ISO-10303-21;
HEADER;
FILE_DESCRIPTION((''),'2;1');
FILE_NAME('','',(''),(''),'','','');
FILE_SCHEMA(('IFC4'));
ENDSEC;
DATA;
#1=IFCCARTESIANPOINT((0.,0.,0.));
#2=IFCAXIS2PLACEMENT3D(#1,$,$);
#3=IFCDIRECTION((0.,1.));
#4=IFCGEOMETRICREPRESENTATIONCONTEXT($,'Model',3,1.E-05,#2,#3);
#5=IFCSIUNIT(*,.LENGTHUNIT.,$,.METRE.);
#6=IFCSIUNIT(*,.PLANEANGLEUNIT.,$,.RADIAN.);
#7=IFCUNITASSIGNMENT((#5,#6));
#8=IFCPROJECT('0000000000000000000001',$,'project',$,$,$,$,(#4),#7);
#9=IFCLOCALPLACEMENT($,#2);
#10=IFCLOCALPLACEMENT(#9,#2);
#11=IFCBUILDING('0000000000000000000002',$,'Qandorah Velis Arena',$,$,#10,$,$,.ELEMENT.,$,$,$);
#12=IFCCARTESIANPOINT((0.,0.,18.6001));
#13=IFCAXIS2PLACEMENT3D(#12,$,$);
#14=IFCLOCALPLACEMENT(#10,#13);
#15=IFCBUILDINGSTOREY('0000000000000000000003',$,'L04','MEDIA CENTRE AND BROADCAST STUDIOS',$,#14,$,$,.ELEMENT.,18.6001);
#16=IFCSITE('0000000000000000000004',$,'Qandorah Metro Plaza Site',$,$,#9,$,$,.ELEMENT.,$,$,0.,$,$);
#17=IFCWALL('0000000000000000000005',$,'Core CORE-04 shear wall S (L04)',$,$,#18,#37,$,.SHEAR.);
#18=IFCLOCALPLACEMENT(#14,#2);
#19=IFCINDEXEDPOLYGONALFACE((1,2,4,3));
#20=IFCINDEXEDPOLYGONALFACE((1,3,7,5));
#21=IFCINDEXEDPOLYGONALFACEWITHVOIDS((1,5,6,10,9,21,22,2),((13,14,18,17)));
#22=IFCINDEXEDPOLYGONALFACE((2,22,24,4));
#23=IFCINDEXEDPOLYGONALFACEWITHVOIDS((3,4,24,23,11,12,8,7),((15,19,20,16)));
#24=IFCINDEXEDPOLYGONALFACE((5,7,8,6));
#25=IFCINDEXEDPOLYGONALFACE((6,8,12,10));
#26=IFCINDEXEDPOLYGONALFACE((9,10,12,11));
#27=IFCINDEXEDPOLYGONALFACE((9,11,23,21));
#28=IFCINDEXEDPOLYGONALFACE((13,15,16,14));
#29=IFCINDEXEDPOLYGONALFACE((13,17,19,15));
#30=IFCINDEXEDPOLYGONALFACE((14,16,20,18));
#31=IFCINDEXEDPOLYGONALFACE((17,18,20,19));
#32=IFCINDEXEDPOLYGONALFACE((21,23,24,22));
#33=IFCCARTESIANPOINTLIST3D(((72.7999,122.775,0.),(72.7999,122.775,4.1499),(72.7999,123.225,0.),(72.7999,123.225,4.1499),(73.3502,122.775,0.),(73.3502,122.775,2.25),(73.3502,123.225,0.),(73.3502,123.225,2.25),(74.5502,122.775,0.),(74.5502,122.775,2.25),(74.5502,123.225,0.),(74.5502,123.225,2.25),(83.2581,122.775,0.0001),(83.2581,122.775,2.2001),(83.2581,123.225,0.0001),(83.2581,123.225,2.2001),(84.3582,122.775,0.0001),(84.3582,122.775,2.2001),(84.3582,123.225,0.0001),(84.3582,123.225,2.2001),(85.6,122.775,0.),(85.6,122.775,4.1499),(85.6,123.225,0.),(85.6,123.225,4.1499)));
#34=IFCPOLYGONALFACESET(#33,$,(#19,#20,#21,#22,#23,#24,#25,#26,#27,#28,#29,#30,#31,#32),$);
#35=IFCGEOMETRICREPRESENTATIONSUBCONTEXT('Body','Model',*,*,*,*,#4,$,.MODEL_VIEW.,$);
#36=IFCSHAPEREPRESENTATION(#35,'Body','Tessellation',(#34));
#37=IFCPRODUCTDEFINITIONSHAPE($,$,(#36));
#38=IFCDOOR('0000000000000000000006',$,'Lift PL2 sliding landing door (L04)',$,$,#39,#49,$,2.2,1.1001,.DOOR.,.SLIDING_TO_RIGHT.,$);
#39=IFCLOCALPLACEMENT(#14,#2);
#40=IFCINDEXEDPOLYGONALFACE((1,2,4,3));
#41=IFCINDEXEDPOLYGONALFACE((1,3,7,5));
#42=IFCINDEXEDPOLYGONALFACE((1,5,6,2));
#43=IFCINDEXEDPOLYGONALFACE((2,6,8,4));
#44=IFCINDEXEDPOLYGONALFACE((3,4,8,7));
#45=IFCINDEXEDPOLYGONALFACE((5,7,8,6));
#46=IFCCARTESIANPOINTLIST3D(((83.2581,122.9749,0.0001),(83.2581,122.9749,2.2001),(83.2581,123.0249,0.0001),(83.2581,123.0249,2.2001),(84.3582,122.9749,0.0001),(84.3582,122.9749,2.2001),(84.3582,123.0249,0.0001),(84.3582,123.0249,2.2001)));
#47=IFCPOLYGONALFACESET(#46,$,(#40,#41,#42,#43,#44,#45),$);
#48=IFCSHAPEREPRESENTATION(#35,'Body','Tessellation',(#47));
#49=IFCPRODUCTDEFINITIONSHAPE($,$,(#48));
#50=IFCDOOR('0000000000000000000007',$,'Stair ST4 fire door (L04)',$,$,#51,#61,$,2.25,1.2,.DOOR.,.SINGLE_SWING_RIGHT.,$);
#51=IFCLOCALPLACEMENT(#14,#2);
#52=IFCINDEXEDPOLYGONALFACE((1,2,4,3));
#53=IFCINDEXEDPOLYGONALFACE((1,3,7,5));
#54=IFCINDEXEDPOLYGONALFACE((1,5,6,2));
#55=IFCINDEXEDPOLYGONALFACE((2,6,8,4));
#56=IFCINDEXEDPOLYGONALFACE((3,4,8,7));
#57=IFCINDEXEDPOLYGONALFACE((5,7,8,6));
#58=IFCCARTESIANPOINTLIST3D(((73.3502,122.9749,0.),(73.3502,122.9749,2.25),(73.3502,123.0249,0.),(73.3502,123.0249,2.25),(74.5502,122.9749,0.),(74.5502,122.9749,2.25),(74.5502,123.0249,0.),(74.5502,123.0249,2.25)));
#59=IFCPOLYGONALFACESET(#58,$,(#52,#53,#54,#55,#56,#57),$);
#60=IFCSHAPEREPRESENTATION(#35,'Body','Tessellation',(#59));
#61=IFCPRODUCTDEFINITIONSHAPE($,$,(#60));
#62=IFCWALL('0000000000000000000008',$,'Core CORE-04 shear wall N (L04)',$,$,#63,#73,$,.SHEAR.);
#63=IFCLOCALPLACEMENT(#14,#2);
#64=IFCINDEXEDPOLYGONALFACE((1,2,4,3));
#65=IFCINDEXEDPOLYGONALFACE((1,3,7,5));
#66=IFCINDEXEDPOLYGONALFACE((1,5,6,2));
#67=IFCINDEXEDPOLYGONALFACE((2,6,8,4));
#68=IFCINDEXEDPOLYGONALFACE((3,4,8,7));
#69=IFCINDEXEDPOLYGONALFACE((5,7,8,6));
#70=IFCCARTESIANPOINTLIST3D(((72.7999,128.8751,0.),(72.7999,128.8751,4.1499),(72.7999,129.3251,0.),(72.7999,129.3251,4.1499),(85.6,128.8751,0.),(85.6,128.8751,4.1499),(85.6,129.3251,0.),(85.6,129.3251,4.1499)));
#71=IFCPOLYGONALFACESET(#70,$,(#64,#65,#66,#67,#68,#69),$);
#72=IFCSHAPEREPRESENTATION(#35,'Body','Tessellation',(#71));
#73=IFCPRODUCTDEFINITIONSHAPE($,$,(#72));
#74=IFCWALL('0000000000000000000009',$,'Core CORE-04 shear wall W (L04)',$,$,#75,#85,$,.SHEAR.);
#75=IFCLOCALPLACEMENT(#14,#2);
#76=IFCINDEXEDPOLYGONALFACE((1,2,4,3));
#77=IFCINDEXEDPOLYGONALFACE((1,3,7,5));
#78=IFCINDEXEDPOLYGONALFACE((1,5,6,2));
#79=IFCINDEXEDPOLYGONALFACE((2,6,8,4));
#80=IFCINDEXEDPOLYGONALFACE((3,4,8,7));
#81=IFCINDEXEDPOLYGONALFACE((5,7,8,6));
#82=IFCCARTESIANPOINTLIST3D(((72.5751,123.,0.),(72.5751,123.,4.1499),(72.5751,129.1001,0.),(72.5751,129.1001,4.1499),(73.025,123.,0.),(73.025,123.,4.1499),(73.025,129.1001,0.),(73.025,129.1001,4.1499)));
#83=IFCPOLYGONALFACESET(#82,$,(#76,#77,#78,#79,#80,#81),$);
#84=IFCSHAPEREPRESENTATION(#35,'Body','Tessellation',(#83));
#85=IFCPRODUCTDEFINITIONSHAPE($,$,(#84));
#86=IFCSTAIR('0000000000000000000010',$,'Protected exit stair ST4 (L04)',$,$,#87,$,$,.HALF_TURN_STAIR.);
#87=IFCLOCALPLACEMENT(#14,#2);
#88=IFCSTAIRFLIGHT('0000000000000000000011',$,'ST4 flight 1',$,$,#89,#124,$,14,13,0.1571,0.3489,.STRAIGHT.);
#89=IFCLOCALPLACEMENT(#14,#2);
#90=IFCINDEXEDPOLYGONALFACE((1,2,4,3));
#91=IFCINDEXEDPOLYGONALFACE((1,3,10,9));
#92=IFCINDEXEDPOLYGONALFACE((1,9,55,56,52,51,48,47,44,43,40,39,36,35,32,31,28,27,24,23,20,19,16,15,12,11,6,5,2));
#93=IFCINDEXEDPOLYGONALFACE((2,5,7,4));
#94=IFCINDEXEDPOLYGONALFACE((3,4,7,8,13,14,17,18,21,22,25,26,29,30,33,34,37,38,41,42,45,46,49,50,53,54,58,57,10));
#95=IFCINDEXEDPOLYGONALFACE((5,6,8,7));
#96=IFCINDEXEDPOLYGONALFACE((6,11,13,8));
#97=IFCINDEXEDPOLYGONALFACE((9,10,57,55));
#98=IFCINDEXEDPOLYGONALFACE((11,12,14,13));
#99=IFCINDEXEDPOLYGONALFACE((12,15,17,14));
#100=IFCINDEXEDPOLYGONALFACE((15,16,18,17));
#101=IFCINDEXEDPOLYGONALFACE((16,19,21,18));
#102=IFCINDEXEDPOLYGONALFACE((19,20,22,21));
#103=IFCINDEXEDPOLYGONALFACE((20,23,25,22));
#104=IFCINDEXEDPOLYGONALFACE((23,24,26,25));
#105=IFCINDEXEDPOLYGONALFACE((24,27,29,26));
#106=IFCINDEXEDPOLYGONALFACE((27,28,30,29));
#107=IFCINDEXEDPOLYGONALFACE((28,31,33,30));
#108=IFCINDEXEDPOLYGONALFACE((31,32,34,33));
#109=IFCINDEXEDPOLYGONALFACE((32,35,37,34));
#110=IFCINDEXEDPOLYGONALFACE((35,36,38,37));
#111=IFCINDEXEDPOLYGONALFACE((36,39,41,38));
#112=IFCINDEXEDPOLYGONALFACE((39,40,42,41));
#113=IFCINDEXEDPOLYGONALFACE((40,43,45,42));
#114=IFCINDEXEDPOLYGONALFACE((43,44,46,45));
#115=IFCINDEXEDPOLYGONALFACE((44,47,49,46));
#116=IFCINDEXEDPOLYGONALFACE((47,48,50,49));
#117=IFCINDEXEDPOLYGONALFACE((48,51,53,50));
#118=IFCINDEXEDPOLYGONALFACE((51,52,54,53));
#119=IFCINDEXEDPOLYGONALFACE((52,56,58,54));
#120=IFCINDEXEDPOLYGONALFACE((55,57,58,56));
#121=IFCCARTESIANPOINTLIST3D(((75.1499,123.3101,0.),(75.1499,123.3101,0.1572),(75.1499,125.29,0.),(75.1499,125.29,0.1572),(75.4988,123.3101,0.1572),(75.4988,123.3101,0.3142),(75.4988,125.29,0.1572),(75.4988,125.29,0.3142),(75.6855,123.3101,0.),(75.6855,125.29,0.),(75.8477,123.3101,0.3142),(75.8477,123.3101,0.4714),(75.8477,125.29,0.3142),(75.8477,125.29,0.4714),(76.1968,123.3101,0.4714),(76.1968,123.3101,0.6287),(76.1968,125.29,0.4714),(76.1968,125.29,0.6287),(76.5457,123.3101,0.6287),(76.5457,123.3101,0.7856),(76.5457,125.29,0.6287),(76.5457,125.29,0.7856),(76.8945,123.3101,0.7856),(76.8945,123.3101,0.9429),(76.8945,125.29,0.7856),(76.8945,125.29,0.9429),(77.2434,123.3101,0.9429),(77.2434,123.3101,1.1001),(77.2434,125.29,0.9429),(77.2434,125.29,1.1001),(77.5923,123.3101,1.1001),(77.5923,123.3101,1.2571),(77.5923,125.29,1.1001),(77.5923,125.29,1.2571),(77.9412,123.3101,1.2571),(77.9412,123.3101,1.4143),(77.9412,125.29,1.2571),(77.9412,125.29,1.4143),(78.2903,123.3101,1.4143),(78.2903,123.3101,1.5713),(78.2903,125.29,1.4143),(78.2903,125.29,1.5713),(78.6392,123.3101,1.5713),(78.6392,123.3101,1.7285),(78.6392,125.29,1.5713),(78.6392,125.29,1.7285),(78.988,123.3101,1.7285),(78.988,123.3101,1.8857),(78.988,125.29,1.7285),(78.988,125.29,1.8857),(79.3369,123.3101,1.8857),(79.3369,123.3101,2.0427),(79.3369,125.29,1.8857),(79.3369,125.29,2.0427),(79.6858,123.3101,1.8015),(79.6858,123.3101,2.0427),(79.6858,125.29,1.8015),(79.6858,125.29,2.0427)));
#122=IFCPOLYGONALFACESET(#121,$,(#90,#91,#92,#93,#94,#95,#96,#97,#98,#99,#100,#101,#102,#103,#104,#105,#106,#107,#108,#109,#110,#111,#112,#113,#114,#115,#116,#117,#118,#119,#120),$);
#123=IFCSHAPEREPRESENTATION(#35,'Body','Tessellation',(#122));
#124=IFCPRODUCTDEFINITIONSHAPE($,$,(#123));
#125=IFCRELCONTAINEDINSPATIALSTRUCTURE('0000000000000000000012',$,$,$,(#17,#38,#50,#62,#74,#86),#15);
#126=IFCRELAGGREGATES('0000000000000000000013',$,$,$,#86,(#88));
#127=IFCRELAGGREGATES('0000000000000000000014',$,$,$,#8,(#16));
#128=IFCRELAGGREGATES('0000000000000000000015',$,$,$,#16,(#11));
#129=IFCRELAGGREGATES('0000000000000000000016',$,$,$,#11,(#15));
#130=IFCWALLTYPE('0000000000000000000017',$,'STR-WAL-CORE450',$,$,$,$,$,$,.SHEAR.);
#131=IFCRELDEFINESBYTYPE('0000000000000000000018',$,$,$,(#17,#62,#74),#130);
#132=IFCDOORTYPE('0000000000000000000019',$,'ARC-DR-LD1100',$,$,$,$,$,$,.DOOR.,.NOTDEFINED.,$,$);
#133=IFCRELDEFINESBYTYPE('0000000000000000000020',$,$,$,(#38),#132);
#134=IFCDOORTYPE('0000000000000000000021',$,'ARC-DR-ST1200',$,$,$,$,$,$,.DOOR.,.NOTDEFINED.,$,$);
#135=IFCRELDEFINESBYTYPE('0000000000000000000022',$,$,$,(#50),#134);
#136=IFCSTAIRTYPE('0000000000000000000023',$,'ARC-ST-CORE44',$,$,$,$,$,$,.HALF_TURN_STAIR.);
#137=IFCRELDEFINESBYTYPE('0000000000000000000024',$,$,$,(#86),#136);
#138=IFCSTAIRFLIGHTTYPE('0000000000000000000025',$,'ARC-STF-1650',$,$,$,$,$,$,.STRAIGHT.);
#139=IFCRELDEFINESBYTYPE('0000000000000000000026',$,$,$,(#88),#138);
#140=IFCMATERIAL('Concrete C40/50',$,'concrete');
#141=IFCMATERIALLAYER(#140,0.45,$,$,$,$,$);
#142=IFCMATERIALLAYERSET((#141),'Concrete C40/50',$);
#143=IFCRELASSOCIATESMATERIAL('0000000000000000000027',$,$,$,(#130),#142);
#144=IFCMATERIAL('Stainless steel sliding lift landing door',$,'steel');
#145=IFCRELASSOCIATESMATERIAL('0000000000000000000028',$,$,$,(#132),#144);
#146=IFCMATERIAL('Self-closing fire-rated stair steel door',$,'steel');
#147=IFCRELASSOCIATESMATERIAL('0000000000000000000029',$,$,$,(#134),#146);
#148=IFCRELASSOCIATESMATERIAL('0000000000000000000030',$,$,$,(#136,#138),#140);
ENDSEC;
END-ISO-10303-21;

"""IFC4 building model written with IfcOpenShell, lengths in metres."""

from ifc_helpers import new_model, si_unit, direction, frame, frame_2d, origin, place, context, subcontext, project, spatial, polyline, rectangle, outline, extrude, material, layer, layer_set, type_object, element, fill, aggregate, save


model = new_model("IFC4")

# Units and contexts
model_context = context("Model", 3, precision=1e-05, world=origin(), true_north=direction((0.0, 1.0)))
body_context = subcontext(model_context, "Body", "Model", "MODEL_VIEW")
ifc_project = project(units=[si_unit("LENGTHUNIT", "METRE"), si_unit("PLANEANGLEUNIT", "RADIAN")], contexts=[model_context])

# Site, building, storey
site_placement = place(None, origin())
site = spatial("IfcSite", under=ifc_project, at=site_placement, Name="Qandorah Metro Plaza Site", CompositionType="ELEMENT", RefElevation=0.0)
building_placement = place(site_placement, origin())
building = spatial("IfcBuilding", under=site, at=building_placement, Name="Qandorah Velis Arena", CompositionType="ELEMENT")
storey_placement = place(building_placement, frame((0.0, 0.0, 18.6001)))
storey = spatial("IfcBuildingStorey", under=building, at=storey_placement, Name="L04", Description="MEDIA CENTRE AND BROADCAST STUDIOS", CompositionType="ELEMENT", Elevation=18.6001)

# Shared definitions
ifc_material_1 = material(Name="Concrete C40/50", Category="concrete")

# Wall, openings, doors
ifc_layer_1 = layer(ifc_material_1, 0.45)
ifc_layer_set_1 = layer_set([ifc_layer_1], Name="Concrete C40/50")
wall_type_1 = type_object("IfcWallType", Name="STR-WAL-CORE450", PredefinedType="SHEAR", material=ifc_layer_set_1)
wall_1_placement = place(storey_placement, frame((72.8, 123.0, 0.0), z_axis=(0.0, 0.0, 1.0), x_axis=(1.0, 0.0, 0.0)))
wall_1 = element("IfcWall", 1, at=wall_1_placement, inside=storey, type_object=wall_type_1, Name="Core CORE-04 shear wall S (L04)", PredefinedType="SHEAR", context=body_context, shape_type="SweptSolid", body=[
    extrude(rectangle(XDim=12.8, YDim=0.45, at=frame_2d((6.3999, 0.0))), origin(), (0.0, 0.0, 1.0), 4.1499),
])
opening_1_placement = place(wall_1_placement, frame((0.55, 0.0, 0.0)))
opening_1 = element("IfcOpeningElement", 2, at=opening_1_placement, cuts=wall_1, PredefinedType="OPENING", context=body_context, shape_type="SweptSolid", body=[
    extrude(rectangle(XDim=1.2, YDim=2.25, at=frame_2d((0.6001, 1.125))), frame((0.0, 0.2349, 0.0), z_axis=(0.0, -1.0, 0.0), x_axis=(1.0, 0.0, 0.0)), (0.0, 0.0, 1.0), 0.47),
])
opening_2_placement = place(wall_1_placement, frame((10.458, 0.0, 0.0)))
opening_2 = element("IfcOpeningElement", 3, at=opening_2_placement, cuts=wall_1, PredefinedType="OPENING", context=body_context, shape_type="SweptSolid", body=[
    extrude(rectangle(XDim=1.1001, YDim=2.2, at=frame_2d((0.55, 1.1001))), frame((0.0, 0.2349, 0.0), z_axis=(0.0, -1.0, 0.0), x_axis=(1.0, 0.0, 0.0)), (0.0, 0.0, 1.0), 0.47),
])
ifc_material_2 = material(Name="Stainless steel sliding lift landing door", Category="steel")
door_type_1 = type_object("IfcDoorType", Name="ARC-DR-LD1100", OperationType="NOTDEFINED", PredefinedType="DOOR", material=ifc_material_2)
door_1_placement = place(opening_2_placement, origin())
door_1 = element("IfcDoor", 4, at=door_1_placement, inside=storey, type_object=door_type_1, Name="Lift PL2 sliding landing door (L04)", OperationType="SLIDING_TO_RIGHT", OverallHeight=2.2, OverallWidth=1.1001, PredefinedType="DOOR", context=body_context, shape_type="SweptSolid", body=[
    extrude(rectangle(XDim=1.1001, YDim=2.2, at=frame_2d((0.55, 1.1001))), frame((0.0, 0.0249, 0.0), z_axis=(0.0, -1.0, 0.0), x_axis=(1.0, 0.0, 0.0)), (0.0, 0.0, 1.0), 0.05),
])
fill(opening_2, door_1)
ifc_material_3 = material(Name="Self-closing fire-rated stair steel door", Category="steel")
door_type_2 = type_object("IfcDoorType", Name="ARC-DR-ST1200", OperationType="NOTDEFINED", PredefinedType="DOOR", material=ifc_material_3)
door_2_placement = place(opening_1_placement, origin())
door_2 = element("IfcDoor", 5, at=door_2_placement, inside=storey, type_object=door_type_2, Name="Stair ST4 fire door (L04)", OperationType="SINGLE_SWING_RIGHT", OverallHeight=2.25, OverallWidth=1.2, PredefinedType="DOOR", context=body_context, shape_type="SweptSolid", body=[
    extrude(rectangle(XDim=1.2, YDim=2.25, at=frame_2d((0.6001, 1.125))), frame((0.0, 0.0249, 0.0), z_axis=(0.0, -1.0, 0.0), x_axis=(1.0, 0.0, 0.0)), (0.0, 0.0, 1.0), 0.05),
])
fill(opening_1, door_2)

# Walls
wall_2_placement = place(storey_placement, frame((72.8, 129.1001, 0.0), z_axis=(0.0, 0.0, 1.0), x_axis=(1.0, 0.0, 0.0)))
element("IfcWall", 6, at=wall_2_placement, inside=storey, type_object=wall_type_1, Name="Core CORE-04 shear wall N (L04)", PredefinedType="SHEAR", context=body_context, shape_type="SweptSolid", body=[
    extrude(rectangle(XDim=12.8, YDim=0.45, at=frame_2d((6.3999, 0.0))), origin(), (0.0, 0.0, 1.0), 4.1499),
])
wall_3_placement = place(storey_placement, frame((72.8, 123.0, 0.0), z_axis=(0.0, 0.0, 1.0), x_axis=(0.0, 1.0, 0.0)))
element("IfcWall", 7, at=wall_3_placement, inside=storey, type_object=wall_type_1, Name="Core CORE-04 shear wall W (L04)", PredefinedType="SHEAR", context=body_context, shape_type="SweptSolid", body=[
    extrude(rectangle(XDim=6.1001, YDim=0.45, at=frame_2d((3.05, 0.0))), origin(), (0.0, 0.0, 1.0), 4.1499),
])

# Stair, stair flight
stair_type = type_object("IfcStairType", Name="ARC-ST-CORE44", PredefinedType="HALF_TURN_STAIR", material=ifc_material_1)
stair_placement = place(storey_placement, origin())
stair = element("IfcStair", 8, at=stair_placement, inside=storey, type_object=stair_type, Name="Protected exit stair ST4 (L04)", PredefinedType="HALF_TURN_STAIR")
stair_flight_type = type_object("IfcStairFlightType", Name="ARC-STF-1650", PredefinedType="STRAIGHT", material=ifc_material_1)
stair_flight_placement = place(storey_placement, frame((75.1499, 124.3, 0.0), z_axis=(0.0, 0.0, 1.0), x_axis=(1.0, 0.0, 0.0)))
stair_flight = element("IfcStairFlight", 9, at=stair_flight_placement, type_object=stair_flight_type, Name="ST4 flight 1", NumberOfRisers=14, NumberOfTreads=13, PredefinedType="STRAIGHT", RiserHeight=0.1571, TreadLength=0.3489, context=body_context, shape_type="SweptSolid", body=[
    extrude(outline(polyline([(0.0, 0.0), (0.0, 0.1572), (0.3489, 0.1572), (0.3489, 0.3142), (0.6978, 0.3142), (0.6978, 0.4714), (1.0469, 0.4714), (1.0469, 0.6287), (1.3958, 0.6287), (1.3958, 0.7856), (1.7446, 0.7856), (1.7446, 0.9429), (2.0935, 0.9429), (2.0935, 1.1001), (2.4424, 1.1001), (2.4424, 1.2571), (2.7913, 1.2571), (2.7913, 1.4143), (3.1404, 1.4143), (3.1404, 1.5713), (3.4893, 1.5713), (3.4893, 1.7285), (3.8381, 1.7285), (3.8381, 1.8857), (4.187, 1.8857), (4.187, 2.0427), (4.5359, 2.0427), (4.5359, 2.2), (4.5359, 1.8015), (0.5356, 0.0), (0.0, 0.0)])), frame((0.0, 0.99, 0.0), z_axis=(0.0, -1.0, 0.0), x_axis=(1.0, 0.0, 0.0)), (0.0, 0.0, 1.0), 1.98),
])
aggregate(stair, [stair_flight])

save(model, "model.ifc")
